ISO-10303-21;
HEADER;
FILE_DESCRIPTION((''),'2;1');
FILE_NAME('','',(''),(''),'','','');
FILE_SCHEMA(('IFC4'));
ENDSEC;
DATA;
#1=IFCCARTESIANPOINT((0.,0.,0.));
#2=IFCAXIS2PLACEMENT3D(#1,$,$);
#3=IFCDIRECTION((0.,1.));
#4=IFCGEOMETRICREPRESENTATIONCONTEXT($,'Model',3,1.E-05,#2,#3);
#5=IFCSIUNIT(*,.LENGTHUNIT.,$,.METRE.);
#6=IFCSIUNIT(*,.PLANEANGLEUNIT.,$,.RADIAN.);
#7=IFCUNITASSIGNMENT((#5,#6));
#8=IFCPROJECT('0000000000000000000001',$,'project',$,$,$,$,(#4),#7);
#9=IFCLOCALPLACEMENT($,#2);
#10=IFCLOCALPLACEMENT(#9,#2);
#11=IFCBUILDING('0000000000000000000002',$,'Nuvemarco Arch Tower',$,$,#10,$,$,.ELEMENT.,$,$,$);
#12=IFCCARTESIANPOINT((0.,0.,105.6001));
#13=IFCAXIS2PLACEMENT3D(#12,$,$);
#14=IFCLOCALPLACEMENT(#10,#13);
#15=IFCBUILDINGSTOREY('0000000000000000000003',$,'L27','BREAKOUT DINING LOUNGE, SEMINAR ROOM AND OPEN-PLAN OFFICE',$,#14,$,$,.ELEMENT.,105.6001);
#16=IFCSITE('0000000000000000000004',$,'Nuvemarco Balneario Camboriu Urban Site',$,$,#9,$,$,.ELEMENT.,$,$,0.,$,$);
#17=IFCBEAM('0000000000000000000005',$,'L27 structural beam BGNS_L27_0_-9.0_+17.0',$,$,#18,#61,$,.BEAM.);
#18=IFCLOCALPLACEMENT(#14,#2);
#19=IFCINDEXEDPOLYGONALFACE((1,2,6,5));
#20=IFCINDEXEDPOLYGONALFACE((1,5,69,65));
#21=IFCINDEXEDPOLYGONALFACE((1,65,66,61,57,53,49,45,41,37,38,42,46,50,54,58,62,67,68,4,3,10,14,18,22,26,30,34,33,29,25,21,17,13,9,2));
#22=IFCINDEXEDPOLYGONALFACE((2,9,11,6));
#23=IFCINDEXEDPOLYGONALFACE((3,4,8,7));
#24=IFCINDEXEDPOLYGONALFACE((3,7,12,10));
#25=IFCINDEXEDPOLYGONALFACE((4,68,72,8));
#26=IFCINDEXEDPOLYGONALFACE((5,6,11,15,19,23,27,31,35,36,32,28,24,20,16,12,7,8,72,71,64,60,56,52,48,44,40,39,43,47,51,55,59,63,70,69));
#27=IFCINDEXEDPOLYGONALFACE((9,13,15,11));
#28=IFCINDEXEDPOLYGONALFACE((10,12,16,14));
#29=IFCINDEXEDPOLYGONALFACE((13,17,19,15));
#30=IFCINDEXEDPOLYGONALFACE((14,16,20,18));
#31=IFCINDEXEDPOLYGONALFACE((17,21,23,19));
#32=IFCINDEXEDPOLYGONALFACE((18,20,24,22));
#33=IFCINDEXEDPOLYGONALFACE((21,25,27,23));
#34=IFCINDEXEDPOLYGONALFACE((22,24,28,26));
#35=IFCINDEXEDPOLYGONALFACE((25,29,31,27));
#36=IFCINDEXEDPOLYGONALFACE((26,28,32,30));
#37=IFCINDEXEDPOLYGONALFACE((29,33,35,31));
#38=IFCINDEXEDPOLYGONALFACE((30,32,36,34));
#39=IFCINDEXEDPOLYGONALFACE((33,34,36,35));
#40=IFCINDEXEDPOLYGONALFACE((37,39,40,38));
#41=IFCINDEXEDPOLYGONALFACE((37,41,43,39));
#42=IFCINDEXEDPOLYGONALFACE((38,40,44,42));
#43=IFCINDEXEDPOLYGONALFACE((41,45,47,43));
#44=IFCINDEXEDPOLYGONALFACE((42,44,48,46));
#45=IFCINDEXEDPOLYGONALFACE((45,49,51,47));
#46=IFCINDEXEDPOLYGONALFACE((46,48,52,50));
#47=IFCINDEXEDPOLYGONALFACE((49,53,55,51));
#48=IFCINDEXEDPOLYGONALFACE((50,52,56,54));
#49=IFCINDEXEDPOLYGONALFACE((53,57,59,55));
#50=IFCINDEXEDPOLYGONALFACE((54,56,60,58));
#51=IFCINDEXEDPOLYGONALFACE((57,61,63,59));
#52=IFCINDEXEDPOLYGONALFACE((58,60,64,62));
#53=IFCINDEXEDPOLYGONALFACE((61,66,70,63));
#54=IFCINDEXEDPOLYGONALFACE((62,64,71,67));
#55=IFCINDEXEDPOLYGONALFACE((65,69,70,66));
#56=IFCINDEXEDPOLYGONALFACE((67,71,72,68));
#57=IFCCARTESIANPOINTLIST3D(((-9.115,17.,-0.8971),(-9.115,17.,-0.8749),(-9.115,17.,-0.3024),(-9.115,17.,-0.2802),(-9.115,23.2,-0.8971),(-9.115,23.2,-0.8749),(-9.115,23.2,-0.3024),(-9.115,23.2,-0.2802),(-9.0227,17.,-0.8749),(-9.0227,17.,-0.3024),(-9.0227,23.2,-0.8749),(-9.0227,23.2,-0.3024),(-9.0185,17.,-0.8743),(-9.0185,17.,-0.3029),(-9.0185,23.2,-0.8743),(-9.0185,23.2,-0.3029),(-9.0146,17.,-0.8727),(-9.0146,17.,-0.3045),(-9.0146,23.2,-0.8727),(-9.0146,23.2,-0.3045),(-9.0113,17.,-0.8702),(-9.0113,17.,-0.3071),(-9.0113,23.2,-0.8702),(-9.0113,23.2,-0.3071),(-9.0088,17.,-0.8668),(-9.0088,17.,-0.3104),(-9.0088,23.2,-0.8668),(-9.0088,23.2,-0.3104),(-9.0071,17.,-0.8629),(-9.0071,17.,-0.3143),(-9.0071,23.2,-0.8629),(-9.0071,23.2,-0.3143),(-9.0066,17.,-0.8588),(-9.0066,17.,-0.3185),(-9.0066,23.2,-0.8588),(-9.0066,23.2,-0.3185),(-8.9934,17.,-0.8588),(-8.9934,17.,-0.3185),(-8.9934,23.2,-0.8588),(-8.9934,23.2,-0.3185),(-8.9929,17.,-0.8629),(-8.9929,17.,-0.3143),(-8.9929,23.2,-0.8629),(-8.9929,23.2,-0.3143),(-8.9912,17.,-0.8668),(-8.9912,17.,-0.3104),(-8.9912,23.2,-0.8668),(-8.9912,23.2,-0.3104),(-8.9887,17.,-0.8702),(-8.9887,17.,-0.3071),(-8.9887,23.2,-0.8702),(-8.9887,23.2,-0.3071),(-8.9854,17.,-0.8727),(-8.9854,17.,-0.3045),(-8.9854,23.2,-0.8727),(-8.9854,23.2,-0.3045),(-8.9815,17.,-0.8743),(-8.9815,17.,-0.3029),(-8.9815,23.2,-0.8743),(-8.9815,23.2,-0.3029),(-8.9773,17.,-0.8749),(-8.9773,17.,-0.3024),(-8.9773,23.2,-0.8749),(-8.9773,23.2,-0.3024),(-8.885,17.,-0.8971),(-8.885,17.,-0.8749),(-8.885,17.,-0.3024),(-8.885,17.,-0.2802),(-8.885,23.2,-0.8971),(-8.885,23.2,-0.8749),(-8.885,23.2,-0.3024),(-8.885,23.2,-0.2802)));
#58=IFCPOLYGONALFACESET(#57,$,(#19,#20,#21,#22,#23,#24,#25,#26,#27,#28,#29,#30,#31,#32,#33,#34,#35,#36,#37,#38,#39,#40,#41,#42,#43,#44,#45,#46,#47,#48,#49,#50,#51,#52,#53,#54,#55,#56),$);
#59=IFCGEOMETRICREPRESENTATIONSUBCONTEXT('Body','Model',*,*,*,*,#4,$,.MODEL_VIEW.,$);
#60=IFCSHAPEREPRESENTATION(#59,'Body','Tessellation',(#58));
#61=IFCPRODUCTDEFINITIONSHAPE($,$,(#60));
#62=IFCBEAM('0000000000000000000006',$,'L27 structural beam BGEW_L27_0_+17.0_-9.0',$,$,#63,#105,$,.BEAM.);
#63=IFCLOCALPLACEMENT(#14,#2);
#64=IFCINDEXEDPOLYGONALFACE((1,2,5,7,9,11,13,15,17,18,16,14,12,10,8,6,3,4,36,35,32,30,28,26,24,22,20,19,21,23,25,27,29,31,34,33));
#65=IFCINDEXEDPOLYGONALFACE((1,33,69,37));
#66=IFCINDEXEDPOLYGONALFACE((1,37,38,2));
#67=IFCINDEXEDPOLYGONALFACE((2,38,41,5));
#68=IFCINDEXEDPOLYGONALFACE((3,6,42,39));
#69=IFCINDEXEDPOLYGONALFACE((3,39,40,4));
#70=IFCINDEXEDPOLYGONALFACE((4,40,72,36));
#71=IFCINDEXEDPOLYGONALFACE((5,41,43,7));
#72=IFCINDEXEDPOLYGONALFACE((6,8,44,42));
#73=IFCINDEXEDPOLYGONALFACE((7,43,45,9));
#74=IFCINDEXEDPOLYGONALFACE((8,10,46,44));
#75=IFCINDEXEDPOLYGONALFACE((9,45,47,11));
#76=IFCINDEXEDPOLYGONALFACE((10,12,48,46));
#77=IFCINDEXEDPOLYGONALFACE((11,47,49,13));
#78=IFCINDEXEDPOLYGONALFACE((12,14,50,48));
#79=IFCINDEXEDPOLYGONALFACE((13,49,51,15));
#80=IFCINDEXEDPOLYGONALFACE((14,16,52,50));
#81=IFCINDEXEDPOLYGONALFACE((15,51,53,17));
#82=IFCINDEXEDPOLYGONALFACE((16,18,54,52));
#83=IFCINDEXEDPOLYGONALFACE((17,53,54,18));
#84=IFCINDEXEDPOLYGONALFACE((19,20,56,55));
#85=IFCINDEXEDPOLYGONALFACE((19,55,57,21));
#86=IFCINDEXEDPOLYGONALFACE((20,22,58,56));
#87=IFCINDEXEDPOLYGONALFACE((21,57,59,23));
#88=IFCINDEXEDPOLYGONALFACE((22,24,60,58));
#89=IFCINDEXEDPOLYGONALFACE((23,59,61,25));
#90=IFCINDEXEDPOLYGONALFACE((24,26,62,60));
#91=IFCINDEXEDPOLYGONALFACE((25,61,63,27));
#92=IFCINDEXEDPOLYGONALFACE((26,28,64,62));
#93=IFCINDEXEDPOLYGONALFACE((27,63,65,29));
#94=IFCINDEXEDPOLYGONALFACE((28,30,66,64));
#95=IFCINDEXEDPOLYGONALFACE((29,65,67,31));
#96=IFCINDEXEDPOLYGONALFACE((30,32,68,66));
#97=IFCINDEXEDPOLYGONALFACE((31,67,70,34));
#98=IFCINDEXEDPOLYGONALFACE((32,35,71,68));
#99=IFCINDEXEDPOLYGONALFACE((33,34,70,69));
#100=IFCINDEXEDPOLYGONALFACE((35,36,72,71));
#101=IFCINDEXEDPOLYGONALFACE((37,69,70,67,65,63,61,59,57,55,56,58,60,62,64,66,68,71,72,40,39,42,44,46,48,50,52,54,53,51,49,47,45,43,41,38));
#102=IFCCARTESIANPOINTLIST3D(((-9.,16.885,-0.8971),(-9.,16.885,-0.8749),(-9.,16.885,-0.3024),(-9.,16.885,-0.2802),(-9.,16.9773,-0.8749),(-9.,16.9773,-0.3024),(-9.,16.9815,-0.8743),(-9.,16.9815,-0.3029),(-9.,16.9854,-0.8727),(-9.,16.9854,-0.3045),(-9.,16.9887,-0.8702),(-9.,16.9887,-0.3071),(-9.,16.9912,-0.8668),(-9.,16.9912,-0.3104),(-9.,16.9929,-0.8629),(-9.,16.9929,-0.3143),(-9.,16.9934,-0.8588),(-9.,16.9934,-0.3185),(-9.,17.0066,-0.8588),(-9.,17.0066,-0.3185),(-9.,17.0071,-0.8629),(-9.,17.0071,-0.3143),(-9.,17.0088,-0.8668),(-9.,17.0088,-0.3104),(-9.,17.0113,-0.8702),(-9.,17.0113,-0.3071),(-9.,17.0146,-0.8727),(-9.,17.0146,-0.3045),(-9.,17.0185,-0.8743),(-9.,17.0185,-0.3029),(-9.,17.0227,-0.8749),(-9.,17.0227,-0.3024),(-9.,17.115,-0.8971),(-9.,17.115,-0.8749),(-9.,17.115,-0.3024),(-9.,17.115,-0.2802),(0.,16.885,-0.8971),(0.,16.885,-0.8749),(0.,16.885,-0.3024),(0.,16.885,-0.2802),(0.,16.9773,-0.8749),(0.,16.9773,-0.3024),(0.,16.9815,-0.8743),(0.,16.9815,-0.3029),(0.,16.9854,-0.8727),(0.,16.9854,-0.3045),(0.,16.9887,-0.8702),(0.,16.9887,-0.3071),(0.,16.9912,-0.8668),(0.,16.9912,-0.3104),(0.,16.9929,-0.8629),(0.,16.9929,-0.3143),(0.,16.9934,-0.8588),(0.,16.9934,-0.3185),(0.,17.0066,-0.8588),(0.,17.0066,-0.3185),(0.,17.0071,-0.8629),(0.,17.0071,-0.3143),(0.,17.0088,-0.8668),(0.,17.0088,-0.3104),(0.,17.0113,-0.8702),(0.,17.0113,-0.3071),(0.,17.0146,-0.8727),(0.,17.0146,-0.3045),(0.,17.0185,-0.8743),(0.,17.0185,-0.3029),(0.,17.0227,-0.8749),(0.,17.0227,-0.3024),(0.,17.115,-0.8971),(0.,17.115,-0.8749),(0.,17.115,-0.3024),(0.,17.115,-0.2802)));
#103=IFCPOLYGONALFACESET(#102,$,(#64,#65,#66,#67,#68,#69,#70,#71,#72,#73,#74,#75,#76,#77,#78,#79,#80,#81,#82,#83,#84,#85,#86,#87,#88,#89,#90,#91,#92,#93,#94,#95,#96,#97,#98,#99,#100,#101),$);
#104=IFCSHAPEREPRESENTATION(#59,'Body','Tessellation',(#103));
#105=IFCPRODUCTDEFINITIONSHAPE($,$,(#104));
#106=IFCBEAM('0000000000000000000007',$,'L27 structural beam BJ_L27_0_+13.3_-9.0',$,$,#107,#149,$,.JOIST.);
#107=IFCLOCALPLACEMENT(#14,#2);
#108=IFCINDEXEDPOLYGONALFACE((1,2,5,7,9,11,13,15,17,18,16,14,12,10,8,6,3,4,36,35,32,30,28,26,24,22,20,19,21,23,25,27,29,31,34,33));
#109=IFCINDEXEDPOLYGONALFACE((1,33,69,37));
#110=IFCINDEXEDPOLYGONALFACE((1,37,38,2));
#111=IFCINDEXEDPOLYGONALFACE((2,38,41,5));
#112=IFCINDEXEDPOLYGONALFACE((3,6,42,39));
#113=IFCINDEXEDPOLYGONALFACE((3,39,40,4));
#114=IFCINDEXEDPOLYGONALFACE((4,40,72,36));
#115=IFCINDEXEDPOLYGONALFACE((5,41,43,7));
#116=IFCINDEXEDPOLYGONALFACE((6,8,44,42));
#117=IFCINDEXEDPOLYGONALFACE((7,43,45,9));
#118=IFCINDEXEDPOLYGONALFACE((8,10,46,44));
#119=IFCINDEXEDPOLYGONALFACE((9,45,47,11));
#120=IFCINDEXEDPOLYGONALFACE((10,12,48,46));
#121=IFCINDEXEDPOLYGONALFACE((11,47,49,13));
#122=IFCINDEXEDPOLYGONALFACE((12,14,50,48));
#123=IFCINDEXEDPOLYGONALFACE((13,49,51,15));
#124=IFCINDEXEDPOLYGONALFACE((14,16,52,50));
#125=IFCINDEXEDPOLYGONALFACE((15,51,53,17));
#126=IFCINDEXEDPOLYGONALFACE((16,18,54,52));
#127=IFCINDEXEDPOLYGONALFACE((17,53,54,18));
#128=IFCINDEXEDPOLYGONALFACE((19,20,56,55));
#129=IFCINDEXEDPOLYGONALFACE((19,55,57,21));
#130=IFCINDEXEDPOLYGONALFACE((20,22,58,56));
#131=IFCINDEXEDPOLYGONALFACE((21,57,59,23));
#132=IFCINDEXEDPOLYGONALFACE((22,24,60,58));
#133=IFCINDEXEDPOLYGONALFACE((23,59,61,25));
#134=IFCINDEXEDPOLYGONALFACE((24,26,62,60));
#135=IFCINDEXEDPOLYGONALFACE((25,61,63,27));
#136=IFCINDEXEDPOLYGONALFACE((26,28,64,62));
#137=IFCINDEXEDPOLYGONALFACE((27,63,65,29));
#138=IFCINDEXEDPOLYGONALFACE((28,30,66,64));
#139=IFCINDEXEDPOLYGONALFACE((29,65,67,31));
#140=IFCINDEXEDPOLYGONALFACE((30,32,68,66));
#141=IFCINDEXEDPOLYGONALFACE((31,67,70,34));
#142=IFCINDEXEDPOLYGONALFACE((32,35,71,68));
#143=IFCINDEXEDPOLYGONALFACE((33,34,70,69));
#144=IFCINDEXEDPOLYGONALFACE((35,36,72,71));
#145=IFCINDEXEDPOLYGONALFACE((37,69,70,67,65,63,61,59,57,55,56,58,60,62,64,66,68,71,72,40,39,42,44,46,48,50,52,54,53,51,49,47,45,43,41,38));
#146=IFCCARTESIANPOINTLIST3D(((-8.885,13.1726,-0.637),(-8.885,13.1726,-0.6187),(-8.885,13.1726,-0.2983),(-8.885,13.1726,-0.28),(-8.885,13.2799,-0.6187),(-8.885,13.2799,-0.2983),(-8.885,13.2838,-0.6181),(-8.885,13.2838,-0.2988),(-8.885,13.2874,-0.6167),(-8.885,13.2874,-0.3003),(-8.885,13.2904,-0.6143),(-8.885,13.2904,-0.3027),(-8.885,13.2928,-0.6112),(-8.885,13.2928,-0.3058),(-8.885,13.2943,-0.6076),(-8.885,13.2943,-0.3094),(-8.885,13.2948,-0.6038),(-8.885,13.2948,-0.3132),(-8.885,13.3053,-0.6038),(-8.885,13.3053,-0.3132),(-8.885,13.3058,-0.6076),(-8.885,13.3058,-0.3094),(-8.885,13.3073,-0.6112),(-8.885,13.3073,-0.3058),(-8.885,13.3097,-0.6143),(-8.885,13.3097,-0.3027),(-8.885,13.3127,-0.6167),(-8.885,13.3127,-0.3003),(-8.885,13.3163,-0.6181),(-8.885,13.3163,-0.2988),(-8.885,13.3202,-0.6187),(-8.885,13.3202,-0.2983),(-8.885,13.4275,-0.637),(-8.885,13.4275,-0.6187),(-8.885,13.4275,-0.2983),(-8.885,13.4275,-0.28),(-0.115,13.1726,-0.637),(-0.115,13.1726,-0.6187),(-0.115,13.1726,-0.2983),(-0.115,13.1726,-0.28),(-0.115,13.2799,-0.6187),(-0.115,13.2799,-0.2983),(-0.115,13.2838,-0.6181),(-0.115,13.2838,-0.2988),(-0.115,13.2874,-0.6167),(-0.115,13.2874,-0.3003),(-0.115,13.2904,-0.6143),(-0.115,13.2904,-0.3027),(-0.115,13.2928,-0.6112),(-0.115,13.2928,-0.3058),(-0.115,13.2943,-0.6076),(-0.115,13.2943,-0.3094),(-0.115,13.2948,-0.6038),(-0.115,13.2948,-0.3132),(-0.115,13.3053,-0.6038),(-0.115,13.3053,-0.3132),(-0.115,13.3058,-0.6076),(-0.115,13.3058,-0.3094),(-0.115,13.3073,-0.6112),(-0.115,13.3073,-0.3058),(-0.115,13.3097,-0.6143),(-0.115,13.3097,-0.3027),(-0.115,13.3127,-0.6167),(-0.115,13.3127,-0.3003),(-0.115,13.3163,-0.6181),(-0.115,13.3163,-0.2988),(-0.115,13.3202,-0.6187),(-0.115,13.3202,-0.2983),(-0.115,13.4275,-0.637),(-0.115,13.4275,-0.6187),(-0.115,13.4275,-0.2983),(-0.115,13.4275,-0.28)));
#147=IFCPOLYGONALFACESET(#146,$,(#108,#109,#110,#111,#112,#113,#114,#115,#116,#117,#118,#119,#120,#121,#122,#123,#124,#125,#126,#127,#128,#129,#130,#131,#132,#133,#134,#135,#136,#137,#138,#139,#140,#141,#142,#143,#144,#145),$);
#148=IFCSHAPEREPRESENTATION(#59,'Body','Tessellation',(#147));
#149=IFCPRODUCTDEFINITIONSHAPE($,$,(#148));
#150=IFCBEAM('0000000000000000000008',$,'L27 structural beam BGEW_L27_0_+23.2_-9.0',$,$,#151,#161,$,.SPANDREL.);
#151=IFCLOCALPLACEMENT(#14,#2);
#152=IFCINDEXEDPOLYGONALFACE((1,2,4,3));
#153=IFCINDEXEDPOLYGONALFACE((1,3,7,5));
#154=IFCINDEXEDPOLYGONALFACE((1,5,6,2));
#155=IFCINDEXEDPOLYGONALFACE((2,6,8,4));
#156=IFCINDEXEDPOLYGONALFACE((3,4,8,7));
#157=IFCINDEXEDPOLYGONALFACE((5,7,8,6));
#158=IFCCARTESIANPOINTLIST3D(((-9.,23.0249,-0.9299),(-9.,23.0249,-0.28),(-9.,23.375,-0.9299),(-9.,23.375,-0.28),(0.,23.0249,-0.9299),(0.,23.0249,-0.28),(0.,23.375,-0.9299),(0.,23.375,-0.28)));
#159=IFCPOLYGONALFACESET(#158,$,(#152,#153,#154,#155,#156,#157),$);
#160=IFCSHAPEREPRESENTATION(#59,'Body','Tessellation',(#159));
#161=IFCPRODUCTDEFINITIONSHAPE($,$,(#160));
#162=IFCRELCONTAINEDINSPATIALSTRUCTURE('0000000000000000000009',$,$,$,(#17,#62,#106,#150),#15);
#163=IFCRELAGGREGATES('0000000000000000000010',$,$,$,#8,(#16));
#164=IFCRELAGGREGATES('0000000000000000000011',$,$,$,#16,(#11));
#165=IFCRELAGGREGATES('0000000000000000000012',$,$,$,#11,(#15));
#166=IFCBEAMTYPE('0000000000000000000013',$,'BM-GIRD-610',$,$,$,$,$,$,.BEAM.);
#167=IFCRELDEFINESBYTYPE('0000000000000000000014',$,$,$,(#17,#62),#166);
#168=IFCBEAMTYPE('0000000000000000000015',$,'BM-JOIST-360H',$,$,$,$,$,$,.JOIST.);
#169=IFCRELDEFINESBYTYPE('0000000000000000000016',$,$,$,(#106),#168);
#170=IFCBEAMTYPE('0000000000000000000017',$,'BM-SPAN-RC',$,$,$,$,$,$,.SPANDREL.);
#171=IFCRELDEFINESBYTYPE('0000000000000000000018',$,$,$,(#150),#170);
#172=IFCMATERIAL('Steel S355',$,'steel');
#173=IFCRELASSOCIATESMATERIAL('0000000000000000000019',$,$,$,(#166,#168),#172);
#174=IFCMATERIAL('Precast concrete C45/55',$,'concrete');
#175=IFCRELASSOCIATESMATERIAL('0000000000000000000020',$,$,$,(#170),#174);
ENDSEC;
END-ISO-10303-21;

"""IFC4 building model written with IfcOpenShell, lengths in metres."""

from ifc_helpers import new_model, si_unit, direction, frame, origin, origin_2d, place, context, subcontext, project, spatial, rectangle, i_section, extrude, material, material_profile, profile_set, type_object, element, save


model = new_model("IFC4")

# Units and contexts
model_context = context("Model", 3, precision=1e-05, world=origin(), true_north=direction((0.0, 1.0)))
body_context = subcontext(model_context, "Body", "Model", "MODEL_VIEW")
ifc_project = project(units=[si_unit("LENGTHUNIT", "METRE"), si_unit("PLANEANGLEUNIT", "RADIAN")], contexts=[model_context])

# Site, building, storey
site_placement = place(None, origin())
site = spatial("IfcSite", under=ifc_project, at=site_placement, Name="Nuvemarco Balneario Camboriu Urban Site", CompositionType="ELEMENT", RefElevation=0.0)
building_placement = place(site_placement, origin())
building = spatial("IfcBuilding", under=site, at=building_placement, Name="Nuvemarco Arch Tower", CompositionType="ELEMENT")
storey_placement = place(building_placement, frame((0.0, 0.0, 105.6001)))
storey = spatial("IfcBuildingStorey", under=building, at=storey_placement, Name="L27", Description="BREAKOUT DINING LOUNGE, SEMINAR ROOM AND OPEN-PLAN OFFICE", CompositionType="ELEMENT", Elevation=105.6001)

# Shared definitions
ifc_material_1 = material(Name="Steel S355", Category="steel")

# Beams
ifc_material_profile_1 = material_profile(ifc_material_1, i_section(OverallWidth=0.23, OverallDepth=0.6169, WebThickness=0.0132, FlangeThickness=0.0222, FilletRadius=0.0161, at=origin_2d()), Name="W610x140")
ifc_profile_set_1 = profile_set([ifc_material_profile_1], Name="Steel S355")
beam_type_1 = type_object("IfcBeamType", Name="BM-GIRD-610", PredefinedType="BEAM", material=ifc_profile_set_1)
beam_1_placement = place(storey_placement, frame((-9.0, 17.0, -0.5886), z_axis=(0.0, 1.0, 0.0), x_axis=(-1.0, 0.0, 0.0)))
element("IfcBeam", 1, at=beam_1_placement, inside=storey, type_object=beam_type_1, Name="L27 structural beam BGNS_L27_0_-9.0_+17.0", PredefinedType="BEAM", context=body_context, shape_type="SweptSolid", body=[
    extrude(i_section(OverallWidth=0.23, OverallDepth=0.6169, WebThickness=0.0132, FlangeThickness=0.0222, FilletRadius=0.0161, at=origin_2d()), origin(), (0.0, 0.0, 1.0), 6.2),
])
beam_2_placement = place(storey_placement, frame((-9.0, 17.0, -0.5886), z_axis=(1.0, 0.0, 0.0), x_axis=(0.0, 1.0, 0.0)))
element("IfcBeam", 2, at=beam_2_placement, inside=storey, type_object=beam_type_1, Name="L27 structural beam BGEW_L27_0_+17.0_-9.0", PredefinedType="BEAM", context=body_context, shape_type="SweptSolid", body=[
    extrude(i_section(OverallWidth=0.23, OverallDepth=0.6169, WebThickness=0.0132, FlangeThickness=0.0222, FilletRadius=0.0161, at=origin_2d()), origin(), (0.0, 0.0, 1.0), 9.0),
])
ifc_material_profile_2 = material_profile(ifc_material_1, i_section(OverallWidth=0.2549, OverallDepth=0.3569, WebThickness=0.0105, FlangeThickness=0.0183, FilletRadius=0.0149, at=origin_2d()), Name="W360x101")
ifc_profile_set_2 = profile_set([ifc_material_profile_2], Name="Steel S355")
beam_type_2 = type_object("IfcBeamType", Name="BM-JOIST-360H", PredefinedType="JOIST", material=ifc_profile_set_2)
beam_3_placement = place(storey_placement, frame((-8.885, 13.3, -0.4585), z_axis=(1.0, 0.0, 0.0), x_axis=(0.0, 1.0, 0.0)))
element("IfcBeam", 3, at=beam_3_placement, inside=storey, type_object=beam_type_2, Name="L27 structural beam BJ_L27_0_+13.3_-9.0", PredefinedType="JOIST", context=body_context, shape_type="SweptSolid", body=[
    extrude(i_section(OverallWidth=0.2549, OverallDepth=0.3569, WebThickness=0.0105, FlangeThickness=0.0183, FilletRadius=0.0149, at=origin_2d()), origin(), (0.0, 0.0, 1.0), 8.77),
])
ifc_material_2 = material(Name="Precast concrete C45/55", Category="concrete")
ifc_material_profile_3 = material_profile(ifc_material_2, rectangle(XDim=0.3501, YDim=0.6499, at=origin_2d()), Name="PC-SP-350x650")
ifc_profile_set_3 = profile_set([ifc_material_profile_3], Name="Precast concrete C45/55")
beam_type_3 = type_object("IfcBeamType", Name="BM-SPAN-RC", PredefinedType="SPANDREL", material=ifc_profile_set_3)
beam_4_placement = place(storey_placement, frame((-9.0, 23.2, -0.605), z_axis=(1.0, 0.0, 0.0), x_axis=(0.0, 1.0, 0.0)))
element("IfcBeam", 4, at=beam_4_placement, inside=storey, type_object=beam_type_3, Name="L27 structural beam BGEW_L27_0_+23.2_-9.0", PredefinedType="SPANDREL", context=body_context, shape_type="SweptSolid", body=[
    extrude(rectangle(XDim=0.3501, YDim=0.6499, at=origin_2d()), origin(), (0.0, 0.0, 1.0), 9.0),
])

save(model, "model.ifc")
